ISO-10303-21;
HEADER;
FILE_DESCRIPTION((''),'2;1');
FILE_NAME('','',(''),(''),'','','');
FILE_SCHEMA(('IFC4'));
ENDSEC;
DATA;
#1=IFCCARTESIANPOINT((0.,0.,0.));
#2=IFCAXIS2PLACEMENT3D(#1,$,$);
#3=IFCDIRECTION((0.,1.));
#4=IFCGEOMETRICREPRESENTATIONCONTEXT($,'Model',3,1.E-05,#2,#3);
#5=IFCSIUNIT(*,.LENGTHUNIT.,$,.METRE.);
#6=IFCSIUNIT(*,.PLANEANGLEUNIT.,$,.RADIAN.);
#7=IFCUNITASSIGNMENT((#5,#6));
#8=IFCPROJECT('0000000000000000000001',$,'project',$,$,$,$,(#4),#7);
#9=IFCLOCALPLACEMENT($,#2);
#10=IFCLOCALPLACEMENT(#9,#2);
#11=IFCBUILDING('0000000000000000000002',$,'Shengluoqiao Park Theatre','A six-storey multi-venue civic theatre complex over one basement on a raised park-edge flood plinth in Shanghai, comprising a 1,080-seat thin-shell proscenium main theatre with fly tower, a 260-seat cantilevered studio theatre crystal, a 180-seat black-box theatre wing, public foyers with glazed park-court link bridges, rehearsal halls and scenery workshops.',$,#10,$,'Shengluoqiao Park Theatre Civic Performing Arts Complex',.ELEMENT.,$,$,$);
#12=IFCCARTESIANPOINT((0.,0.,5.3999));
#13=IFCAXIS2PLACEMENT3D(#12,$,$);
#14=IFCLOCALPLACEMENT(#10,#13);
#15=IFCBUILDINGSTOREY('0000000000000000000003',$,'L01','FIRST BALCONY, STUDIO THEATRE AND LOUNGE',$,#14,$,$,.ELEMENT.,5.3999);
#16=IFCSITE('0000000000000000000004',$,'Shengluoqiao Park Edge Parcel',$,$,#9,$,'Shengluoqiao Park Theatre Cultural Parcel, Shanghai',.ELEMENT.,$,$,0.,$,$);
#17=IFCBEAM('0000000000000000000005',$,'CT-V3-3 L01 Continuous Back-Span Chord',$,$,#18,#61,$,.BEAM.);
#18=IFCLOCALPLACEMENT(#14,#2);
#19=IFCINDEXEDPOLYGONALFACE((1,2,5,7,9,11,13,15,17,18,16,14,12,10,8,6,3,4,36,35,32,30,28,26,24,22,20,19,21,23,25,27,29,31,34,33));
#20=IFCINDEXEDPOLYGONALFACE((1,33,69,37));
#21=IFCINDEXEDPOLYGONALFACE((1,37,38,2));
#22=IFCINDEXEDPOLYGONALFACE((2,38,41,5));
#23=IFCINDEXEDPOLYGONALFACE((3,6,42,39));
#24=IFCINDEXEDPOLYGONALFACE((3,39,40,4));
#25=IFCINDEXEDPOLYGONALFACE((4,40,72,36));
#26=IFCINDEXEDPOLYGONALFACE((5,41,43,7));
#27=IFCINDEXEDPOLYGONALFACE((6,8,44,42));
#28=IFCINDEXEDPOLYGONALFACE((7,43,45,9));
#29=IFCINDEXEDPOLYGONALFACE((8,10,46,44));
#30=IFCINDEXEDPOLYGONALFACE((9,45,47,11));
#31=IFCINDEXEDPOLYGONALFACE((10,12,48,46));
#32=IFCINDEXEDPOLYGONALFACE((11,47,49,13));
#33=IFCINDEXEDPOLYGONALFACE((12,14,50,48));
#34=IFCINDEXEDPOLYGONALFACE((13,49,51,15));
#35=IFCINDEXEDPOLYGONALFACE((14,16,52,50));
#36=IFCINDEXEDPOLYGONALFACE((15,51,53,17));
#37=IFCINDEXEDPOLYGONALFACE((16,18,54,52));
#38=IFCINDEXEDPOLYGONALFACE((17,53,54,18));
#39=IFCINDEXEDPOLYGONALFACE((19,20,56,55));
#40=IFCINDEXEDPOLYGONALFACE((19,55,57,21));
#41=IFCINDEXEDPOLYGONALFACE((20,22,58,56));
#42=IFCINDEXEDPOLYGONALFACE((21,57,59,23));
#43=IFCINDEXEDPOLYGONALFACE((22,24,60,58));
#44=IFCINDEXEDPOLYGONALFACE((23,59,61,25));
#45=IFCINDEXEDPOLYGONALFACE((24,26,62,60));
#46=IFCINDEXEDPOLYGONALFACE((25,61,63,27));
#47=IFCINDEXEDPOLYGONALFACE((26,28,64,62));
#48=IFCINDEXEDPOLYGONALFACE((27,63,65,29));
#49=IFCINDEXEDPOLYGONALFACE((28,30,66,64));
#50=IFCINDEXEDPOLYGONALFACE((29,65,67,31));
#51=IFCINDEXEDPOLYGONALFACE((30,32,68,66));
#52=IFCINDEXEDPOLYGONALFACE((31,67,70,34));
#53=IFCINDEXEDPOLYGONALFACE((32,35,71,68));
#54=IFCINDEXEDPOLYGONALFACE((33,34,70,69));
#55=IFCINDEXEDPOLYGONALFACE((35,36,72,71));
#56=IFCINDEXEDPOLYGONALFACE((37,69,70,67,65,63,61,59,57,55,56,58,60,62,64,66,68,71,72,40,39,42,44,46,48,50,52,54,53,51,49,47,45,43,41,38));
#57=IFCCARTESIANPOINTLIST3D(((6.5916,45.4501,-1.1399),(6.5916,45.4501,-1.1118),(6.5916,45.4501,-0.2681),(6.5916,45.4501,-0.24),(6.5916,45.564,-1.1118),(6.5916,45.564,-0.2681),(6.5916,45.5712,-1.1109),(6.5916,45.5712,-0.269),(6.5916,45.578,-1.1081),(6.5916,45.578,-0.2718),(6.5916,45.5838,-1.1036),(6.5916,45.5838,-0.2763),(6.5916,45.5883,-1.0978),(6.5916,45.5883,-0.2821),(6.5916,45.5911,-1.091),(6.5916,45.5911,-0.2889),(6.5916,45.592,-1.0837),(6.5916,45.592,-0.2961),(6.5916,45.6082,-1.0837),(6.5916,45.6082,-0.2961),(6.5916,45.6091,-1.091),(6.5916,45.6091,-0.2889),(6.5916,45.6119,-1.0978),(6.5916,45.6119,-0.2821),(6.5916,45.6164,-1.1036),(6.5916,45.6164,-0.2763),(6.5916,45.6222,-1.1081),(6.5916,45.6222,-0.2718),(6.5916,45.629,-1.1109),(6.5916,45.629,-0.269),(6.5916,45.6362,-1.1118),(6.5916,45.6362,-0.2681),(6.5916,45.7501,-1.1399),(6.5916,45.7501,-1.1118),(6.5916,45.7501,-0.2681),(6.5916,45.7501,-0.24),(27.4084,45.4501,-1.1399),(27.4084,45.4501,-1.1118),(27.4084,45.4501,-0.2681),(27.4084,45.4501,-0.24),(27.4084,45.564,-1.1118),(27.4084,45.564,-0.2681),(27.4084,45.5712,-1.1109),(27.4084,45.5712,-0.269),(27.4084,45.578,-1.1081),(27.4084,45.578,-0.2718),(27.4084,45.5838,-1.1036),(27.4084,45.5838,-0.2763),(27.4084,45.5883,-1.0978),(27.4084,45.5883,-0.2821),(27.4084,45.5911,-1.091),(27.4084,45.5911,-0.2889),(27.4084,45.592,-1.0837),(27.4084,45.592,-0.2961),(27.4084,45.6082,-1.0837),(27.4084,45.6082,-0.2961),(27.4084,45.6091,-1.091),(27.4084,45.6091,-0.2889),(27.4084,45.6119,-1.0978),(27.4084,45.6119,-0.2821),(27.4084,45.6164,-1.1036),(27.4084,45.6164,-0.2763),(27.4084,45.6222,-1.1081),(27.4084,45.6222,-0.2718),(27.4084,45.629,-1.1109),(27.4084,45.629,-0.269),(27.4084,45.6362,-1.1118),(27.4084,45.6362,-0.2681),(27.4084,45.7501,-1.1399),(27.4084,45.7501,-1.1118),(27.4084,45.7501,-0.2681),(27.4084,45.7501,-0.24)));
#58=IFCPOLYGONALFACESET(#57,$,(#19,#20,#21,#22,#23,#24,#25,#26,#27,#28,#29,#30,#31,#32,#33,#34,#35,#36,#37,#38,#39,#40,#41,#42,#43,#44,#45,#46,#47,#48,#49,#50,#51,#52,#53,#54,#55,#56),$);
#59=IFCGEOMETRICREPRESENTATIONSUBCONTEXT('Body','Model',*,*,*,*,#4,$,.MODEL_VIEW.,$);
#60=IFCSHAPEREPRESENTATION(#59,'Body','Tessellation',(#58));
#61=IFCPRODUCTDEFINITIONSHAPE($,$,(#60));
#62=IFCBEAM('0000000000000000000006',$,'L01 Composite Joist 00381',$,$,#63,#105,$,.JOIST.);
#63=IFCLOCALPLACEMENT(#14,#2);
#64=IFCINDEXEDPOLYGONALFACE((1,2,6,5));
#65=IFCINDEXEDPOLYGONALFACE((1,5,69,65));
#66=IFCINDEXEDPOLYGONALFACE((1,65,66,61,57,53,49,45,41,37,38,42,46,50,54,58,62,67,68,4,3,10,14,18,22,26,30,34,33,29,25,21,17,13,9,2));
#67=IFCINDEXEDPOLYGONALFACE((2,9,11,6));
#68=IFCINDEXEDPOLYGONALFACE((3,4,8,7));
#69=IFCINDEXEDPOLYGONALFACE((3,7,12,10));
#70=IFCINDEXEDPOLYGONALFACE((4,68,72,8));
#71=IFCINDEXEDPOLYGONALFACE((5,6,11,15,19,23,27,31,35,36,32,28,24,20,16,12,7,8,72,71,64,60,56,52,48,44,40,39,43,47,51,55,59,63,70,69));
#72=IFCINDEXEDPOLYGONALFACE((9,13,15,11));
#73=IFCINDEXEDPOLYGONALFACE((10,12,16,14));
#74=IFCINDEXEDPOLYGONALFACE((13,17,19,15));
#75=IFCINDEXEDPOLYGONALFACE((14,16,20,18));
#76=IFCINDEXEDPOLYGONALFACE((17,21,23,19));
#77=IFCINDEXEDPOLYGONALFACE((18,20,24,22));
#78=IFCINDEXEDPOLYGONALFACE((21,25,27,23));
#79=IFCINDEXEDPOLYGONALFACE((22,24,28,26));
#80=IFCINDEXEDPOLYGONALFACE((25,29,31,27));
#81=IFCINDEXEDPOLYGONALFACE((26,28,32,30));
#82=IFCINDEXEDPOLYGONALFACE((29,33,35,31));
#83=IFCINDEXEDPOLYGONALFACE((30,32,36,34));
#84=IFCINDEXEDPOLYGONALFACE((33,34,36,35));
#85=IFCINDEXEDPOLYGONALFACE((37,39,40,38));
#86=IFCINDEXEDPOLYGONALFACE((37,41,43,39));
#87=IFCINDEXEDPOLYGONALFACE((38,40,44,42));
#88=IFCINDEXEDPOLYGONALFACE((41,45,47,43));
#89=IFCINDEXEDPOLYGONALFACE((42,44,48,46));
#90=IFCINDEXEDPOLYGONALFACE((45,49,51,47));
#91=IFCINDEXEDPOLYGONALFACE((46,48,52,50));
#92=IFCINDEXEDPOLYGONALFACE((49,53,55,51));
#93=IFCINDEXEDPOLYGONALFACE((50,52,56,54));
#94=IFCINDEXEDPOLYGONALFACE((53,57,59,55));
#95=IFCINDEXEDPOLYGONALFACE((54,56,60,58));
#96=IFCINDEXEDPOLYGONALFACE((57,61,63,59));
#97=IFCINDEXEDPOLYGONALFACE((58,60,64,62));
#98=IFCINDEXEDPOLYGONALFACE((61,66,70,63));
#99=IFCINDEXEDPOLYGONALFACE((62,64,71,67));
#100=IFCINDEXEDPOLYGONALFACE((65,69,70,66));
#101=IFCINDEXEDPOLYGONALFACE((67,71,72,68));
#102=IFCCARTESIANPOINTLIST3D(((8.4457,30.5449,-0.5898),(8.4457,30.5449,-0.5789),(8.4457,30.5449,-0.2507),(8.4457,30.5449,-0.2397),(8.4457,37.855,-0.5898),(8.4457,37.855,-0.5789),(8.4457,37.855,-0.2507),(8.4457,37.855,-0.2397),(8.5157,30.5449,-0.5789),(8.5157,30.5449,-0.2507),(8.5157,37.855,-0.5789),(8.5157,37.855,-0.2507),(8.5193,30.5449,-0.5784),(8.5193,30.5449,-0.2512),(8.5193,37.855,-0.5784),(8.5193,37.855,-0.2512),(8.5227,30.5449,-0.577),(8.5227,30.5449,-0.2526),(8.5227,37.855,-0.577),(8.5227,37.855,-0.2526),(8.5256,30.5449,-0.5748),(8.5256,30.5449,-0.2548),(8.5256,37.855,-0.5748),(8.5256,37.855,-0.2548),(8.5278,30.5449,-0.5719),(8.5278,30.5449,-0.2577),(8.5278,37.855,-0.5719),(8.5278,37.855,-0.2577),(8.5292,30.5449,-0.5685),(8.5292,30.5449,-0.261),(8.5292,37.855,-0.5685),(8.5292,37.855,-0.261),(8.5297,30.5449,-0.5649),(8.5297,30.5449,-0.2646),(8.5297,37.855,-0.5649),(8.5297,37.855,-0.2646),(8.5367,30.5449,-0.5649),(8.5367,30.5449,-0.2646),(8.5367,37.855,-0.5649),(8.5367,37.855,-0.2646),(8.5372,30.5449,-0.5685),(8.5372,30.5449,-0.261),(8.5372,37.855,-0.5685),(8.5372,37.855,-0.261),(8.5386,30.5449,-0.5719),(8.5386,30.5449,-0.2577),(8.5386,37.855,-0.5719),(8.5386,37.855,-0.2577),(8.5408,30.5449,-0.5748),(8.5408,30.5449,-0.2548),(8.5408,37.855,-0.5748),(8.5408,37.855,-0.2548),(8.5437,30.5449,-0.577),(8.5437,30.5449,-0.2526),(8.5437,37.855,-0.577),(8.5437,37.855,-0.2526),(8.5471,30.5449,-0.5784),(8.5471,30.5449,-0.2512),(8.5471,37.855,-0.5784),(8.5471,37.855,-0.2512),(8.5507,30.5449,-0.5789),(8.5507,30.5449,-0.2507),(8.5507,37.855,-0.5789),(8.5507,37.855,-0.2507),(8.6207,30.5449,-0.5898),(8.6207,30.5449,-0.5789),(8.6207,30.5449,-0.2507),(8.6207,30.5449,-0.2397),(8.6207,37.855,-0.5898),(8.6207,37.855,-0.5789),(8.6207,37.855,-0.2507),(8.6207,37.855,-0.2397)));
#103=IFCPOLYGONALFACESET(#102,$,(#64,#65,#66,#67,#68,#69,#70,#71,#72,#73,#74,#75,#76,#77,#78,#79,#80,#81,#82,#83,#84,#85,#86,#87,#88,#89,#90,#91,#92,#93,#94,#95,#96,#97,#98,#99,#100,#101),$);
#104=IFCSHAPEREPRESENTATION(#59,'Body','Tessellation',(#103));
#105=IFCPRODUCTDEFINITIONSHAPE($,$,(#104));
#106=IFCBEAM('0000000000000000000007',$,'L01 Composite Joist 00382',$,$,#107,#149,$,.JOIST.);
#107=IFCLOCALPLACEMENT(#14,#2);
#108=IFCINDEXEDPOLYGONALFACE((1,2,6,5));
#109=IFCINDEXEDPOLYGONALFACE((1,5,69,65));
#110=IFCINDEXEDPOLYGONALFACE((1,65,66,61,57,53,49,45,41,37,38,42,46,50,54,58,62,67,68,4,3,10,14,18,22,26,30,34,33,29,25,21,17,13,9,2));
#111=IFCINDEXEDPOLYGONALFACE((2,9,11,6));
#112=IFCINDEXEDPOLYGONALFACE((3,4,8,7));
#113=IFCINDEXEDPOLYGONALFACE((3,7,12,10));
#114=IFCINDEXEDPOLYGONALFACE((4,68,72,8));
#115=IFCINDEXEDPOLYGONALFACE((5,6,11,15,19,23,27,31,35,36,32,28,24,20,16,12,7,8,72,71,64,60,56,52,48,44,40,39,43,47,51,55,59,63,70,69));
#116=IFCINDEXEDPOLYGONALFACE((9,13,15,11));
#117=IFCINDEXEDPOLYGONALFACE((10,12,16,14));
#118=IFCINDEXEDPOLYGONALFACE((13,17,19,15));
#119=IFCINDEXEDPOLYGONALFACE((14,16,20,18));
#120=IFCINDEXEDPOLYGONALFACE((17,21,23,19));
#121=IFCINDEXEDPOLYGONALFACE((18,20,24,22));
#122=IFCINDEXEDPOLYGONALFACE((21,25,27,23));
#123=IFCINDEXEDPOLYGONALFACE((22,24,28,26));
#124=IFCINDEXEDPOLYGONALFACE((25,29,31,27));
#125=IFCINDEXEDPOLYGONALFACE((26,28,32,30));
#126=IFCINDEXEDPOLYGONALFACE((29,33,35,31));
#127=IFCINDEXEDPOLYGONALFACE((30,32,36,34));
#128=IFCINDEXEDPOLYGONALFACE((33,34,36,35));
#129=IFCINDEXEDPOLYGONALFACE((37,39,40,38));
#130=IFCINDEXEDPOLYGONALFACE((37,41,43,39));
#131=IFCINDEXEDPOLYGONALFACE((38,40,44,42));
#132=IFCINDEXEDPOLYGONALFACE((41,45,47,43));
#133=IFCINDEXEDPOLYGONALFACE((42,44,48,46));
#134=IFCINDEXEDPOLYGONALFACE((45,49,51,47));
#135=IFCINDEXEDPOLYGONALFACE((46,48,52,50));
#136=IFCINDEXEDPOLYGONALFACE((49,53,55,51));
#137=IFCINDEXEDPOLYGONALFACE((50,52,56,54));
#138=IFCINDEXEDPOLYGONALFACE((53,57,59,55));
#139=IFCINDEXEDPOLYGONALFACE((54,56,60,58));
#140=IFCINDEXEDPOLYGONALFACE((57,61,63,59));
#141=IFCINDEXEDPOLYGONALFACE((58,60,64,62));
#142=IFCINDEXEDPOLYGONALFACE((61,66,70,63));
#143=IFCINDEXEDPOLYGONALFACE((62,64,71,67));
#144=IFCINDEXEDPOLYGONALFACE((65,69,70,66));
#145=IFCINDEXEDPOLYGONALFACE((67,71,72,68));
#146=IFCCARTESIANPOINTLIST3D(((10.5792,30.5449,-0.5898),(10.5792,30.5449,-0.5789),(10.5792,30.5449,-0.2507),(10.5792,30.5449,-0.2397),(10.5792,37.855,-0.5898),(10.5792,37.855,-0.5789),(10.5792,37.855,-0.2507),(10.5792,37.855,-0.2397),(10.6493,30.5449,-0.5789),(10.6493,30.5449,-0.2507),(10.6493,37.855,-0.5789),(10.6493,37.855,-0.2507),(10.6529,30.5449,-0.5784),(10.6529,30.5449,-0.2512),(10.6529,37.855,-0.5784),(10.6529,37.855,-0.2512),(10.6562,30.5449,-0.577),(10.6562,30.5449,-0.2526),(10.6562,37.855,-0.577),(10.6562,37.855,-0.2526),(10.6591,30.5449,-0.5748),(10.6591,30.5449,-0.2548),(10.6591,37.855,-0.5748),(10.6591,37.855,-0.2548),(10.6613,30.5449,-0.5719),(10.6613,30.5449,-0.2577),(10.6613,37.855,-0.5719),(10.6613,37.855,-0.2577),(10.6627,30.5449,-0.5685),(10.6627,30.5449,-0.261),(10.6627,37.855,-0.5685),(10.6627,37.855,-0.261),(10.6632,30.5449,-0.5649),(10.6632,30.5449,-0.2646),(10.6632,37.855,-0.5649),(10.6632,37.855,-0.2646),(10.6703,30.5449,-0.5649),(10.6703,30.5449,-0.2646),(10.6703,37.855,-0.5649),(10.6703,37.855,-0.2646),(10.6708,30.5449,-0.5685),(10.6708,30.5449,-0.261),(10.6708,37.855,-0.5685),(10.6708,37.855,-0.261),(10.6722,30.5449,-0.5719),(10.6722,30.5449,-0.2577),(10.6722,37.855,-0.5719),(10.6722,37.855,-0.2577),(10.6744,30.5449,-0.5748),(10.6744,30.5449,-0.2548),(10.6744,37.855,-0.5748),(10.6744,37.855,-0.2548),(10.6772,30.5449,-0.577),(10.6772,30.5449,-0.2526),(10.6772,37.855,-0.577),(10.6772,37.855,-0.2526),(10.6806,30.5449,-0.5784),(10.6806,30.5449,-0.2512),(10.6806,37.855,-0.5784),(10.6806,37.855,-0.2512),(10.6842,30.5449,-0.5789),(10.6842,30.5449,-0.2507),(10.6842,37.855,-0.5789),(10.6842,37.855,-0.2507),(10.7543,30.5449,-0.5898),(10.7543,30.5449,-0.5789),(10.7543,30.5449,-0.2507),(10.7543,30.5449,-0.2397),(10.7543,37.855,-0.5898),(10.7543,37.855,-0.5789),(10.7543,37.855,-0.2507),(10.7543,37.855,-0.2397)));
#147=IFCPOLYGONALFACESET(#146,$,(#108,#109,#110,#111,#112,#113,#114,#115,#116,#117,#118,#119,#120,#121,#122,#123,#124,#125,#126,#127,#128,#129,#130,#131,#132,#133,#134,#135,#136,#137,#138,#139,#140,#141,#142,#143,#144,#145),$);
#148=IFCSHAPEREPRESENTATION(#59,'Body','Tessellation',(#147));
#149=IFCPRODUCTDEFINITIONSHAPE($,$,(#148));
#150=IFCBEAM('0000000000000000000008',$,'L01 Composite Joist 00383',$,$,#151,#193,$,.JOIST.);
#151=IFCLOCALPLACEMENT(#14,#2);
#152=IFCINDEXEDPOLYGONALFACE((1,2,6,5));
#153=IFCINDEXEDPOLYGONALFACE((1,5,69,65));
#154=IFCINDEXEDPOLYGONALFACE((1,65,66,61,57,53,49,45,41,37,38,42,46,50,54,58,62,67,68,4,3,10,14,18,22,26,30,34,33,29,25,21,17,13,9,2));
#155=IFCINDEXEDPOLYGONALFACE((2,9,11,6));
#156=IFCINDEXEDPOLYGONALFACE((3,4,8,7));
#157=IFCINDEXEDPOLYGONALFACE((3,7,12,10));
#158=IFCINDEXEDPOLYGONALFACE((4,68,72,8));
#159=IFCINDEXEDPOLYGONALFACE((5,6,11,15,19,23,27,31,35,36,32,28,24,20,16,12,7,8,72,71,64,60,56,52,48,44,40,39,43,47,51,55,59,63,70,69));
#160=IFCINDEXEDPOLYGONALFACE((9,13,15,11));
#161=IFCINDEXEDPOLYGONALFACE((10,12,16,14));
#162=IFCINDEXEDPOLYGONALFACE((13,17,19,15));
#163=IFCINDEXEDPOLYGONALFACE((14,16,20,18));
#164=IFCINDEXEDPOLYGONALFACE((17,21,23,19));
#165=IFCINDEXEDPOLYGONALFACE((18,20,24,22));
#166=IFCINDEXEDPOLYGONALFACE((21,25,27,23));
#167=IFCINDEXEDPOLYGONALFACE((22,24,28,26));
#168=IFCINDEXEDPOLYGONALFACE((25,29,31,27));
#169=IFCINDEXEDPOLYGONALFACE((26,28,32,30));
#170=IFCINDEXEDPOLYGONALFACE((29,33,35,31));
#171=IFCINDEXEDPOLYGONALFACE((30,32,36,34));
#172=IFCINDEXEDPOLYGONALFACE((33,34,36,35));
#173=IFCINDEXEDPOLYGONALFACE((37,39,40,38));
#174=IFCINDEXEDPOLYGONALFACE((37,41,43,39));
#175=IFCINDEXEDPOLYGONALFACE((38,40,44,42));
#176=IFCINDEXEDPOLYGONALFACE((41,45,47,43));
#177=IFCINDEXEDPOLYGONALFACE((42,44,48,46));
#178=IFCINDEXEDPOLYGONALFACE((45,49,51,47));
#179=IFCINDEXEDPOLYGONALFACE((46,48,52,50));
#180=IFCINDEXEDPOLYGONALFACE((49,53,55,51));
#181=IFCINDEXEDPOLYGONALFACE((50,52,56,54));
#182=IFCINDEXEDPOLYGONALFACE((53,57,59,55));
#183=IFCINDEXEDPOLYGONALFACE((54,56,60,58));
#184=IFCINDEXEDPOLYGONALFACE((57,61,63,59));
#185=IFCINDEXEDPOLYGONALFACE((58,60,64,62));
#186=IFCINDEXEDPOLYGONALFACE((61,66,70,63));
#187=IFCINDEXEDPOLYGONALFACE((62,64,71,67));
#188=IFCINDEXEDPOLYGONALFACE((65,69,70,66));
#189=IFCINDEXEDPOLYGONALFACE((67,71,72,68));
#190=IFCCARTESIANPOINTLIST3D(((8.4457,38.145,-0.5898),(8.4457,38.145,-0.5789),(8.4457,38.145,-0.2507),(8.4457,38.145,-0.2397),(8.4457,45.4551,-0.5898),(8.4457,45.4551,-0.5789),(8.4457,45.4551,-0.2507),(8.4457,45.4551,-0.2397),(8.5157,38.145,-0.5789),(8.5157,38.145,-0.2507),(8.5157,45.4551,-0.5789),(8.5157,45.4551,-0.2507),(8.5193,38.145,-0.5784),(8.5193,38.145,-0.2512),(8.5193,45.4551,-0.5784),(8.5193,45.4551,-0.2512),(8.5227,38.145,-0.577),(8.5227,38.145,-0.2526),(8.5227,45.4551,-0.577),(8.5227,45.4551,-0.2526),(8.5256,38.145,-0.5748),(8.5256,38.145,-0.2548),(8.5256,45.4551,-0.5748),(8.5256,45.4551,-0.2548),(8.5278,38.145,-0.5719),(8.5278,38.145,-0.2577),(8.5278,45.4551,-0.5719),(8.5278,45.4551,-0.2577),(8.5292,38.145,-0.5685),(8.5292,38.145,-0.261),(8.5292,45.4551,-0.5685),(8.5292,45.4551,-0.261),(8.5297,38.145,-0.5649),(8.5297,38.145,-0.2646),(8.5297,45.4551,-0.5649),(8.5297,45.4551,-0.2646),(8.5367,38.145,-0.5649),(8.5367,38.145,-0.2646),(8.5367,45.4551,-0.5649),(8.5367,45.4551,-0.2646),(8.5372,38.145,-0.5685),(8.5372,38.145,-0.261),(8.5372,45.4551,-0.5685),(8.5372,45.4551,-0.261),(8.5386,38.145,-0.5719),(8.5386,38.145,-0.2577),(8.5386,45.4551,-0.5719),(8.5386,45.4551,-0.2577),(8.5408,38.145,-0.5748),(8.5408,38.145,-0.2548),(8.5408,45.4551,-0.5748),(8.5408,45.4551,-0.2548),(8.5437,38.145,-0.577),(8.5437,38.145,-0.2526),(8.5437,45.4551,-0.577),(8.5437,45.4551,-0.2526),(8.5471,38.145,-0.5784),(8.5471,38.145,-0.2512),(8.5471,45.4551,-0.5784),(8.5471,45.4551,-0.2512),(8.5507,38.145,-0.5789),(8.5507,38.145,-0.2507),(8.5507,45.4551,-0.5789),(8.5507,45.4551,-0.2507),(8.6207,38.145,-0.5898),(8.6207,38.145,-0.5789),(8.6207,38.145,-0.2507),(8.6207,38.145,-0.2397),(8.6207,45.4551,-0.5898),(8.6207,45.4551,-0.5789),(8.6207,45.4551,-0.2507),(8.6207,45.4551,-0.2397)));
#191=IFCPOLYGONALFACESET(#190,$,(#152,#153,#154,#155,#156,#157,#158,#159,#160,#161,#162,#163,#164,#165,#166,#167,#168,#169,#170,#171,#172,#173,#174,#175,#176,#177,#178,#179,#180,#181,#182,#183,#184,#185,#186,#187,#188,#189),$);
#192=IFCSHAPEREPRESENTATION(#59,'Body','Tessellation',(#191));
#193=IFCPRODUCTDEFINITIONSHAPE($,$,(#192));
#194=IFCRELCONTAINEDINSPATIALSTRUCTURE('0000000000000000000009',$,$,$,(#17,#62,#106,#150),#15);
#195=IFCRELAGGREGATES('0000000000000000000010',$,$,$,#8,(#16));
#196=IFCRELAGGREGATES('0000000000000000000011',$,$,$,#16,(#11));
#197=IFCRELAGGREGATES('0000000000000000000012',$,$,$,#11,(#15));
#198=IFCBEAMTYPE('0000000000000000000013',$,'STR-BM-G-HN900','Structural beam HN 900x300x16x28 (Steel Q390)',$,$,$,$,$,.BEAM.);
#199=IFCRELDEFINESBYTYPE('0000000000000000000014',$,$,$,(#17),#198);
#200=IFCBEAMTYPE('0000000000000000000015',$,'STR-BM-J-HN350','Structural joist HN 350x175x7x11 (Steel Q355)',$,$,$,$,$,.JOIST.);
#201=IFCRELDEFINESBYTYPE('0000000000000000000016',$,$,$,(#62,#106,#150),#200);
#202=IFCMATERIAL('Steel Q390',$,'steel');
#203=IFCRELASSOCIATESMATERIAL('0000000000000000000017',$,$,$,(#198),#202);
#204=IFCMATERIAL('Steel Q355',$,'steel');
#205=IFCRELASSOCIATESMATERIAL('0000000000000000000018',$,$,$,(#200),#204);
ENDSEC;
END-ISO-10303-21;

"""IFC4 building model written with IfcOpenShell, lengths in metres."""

from ifc_helpers import new_model, si_unit, direction, frame, origin, origin_2d, place, context, subcontext, project, spatial, i_section, extrude, material, material_profile, profile_set, type_object, element, save


model = new_model("IFC4")

# Units and contexts
model_context = context("Model", 3, precision=1e-05, world=origin(), true_north=direction((0.0, 1.0)))
body_context = subcontext(model_context, "Body", "Model", "MODEL_VIEW")
ifc_project = project(units=[si_unit("LENGTHUNIT", "METRE"), si_unit("PLANEANGLEUNIT", "RADIAN")], contexts=[model_context])

# Site, building, storey
site_placement = place(None, origin())
site = spatial("IfcSite", under=ifc_project, at=site_placement, Name="Shengluoqiao Park Edge Parcel", LongName="Shengluoqiao Park Theatre Cultural Parcel, Shanghai", CompositionType="ELEMENT", RefElevation=0.0)
building_placement = place(site_placement, origin())
building = spatial("IfcBuilding", under=site, at=building_placement, Name="Shengluoqiao Park Theatre", Description="A six-storey multi-venue civic theatre complex over one basement on a raised park-edge flood plinth in Shanghai, comprising a 1,080-seat thin-shell proscenium main theatre with fly tower, a 260-seat cantilevered studio theatre crystal, a 180-seat black-box theatre wing, public foyers with glazed park-court link bridges, rehearsal halls and scenery workshops.", LongName="Shengluoqiao Park Theatre Civic Performing Arts Complex", CompositionType="ELEMENT")
storey_placement = place(building_placement, frame((0.0, 0.0, 5.3999)))
storey = spatial("IfcBuildingStorey", under=building, at=storey_placement, Name="L01", Description="FIRST BALCONY, STUDIO THEATRE AND LOUNGE", CompositionType="ELEMENT", Elevation=5.3999)

# Shared definitions
ifc_material_1 = material(Name="Steel Q355", Category="steel")

# Beams
ifc_material_2 = material(Name="Steel Q390", Category="steel")
ifc_material_profile_1 = material_profile(ifc_material_2, i_section(OverallWidth=0.3, OverallDepth=0.8999, WebThickness=0.0161, FlangeThickness=0.0281, FilletRadius=0.0281, at=origin_2d()), Name="HN 900x300x16x28")
ifc_profile_set_1 = profile_set([ifc_material_profile_1], Name="Steel Q390")
beam_type_1 = type_object("IfcBeamType", Name="STR-BM-G-HN900", Description="Structural beam HN 900x300x16x28 (Steel Q390)", PredefinedType="BEAM", material=ifc_profile_set_1)
for number, where, z_axis, x_axis, name in (
    (1, (6.5916, 45.6001, -0.6899), (1.0, 0.0, 0.0), (0.0, 1.0, 0.0), "CT-V3-3 L01 Continuous Back-Span Chord"),
):
    element("IfcBeam", number, at=place(storey_placement, frame(where, z_axis=z_axis, x_axis=x_axis)), inside=storey, type_object=beam_type_1, Name=name, PredefinedType="BEAM", context=body_context, shape_type="SweptSolid", body=[
        extrude(i_section(OverallWidth=0.3, OverallDepth=0.8999, WebThickness=0.0161, FlangeThickness=0.0281, FilletRadius=0.0281, at=origin_2d()), origin(), (0.0, 0.0, 1.0), 20.8169),
    ])
ifc_material_profile_2 = material_profile(ifc_material_1, i_section(OverallWidth=0.175, OverallDepth=0.3501, WebThickness=0.0071, FlangeThickness=0.011, FilletRadius=0.0139, at=origin_2d()), Name="HN 350x175x7x11")
ifc_profile_set_2 = profile_set([ifc_material_profile_2], Name="Steel Q355")
beam_type_2 = type_object("IfcBeamType", Name="STR-BM-J-HN350", Description="Structural joist HN 350x175x7x11 (Steel Q355)", PredefinedType="JOIST", material=ifc_profile_set_2)
for number, where, z_axis, x_axis, name in (
    (2, (8.5332, 30.5449, -0.4148), (0.0, 1.0, 0.0), (-1.0, 0.0, 0.0), "L01 Composite Joist 00381"),
    (3, (10.6667, 30.5449, -0.4148), (0.0, 1.0, 0.0), (-1.0, 0.0, 0.0), "L01 Composite Joist 00382"),
    (4, (8.5332, 38.145, -0.4148), (0.0, 1.0, 0.0), (-1.0, 0.0, 0.0), "L01 Composite Joist 00383"),
):
    element("IfcBeam", number, at=place(storey_placement, frame(where, z_axis=z_axis, x_axis=x_axis)), inside=storey, type_object=beam_type_2, Name=name, PredefinedType="JOIST", context=body_context, shape_type="SweptSolid", body=[
        extrude(i_section(OverallWidth=0.175, OverallDepth=0.3501, WebThickness=0.0071, FlangeThickness=0.011, FilletRadius=0.0139, at=origin_2d()), origin(), (0.0, 0.0, 1.0), 7.3101),
    ])

save(model, "model.ifc")
